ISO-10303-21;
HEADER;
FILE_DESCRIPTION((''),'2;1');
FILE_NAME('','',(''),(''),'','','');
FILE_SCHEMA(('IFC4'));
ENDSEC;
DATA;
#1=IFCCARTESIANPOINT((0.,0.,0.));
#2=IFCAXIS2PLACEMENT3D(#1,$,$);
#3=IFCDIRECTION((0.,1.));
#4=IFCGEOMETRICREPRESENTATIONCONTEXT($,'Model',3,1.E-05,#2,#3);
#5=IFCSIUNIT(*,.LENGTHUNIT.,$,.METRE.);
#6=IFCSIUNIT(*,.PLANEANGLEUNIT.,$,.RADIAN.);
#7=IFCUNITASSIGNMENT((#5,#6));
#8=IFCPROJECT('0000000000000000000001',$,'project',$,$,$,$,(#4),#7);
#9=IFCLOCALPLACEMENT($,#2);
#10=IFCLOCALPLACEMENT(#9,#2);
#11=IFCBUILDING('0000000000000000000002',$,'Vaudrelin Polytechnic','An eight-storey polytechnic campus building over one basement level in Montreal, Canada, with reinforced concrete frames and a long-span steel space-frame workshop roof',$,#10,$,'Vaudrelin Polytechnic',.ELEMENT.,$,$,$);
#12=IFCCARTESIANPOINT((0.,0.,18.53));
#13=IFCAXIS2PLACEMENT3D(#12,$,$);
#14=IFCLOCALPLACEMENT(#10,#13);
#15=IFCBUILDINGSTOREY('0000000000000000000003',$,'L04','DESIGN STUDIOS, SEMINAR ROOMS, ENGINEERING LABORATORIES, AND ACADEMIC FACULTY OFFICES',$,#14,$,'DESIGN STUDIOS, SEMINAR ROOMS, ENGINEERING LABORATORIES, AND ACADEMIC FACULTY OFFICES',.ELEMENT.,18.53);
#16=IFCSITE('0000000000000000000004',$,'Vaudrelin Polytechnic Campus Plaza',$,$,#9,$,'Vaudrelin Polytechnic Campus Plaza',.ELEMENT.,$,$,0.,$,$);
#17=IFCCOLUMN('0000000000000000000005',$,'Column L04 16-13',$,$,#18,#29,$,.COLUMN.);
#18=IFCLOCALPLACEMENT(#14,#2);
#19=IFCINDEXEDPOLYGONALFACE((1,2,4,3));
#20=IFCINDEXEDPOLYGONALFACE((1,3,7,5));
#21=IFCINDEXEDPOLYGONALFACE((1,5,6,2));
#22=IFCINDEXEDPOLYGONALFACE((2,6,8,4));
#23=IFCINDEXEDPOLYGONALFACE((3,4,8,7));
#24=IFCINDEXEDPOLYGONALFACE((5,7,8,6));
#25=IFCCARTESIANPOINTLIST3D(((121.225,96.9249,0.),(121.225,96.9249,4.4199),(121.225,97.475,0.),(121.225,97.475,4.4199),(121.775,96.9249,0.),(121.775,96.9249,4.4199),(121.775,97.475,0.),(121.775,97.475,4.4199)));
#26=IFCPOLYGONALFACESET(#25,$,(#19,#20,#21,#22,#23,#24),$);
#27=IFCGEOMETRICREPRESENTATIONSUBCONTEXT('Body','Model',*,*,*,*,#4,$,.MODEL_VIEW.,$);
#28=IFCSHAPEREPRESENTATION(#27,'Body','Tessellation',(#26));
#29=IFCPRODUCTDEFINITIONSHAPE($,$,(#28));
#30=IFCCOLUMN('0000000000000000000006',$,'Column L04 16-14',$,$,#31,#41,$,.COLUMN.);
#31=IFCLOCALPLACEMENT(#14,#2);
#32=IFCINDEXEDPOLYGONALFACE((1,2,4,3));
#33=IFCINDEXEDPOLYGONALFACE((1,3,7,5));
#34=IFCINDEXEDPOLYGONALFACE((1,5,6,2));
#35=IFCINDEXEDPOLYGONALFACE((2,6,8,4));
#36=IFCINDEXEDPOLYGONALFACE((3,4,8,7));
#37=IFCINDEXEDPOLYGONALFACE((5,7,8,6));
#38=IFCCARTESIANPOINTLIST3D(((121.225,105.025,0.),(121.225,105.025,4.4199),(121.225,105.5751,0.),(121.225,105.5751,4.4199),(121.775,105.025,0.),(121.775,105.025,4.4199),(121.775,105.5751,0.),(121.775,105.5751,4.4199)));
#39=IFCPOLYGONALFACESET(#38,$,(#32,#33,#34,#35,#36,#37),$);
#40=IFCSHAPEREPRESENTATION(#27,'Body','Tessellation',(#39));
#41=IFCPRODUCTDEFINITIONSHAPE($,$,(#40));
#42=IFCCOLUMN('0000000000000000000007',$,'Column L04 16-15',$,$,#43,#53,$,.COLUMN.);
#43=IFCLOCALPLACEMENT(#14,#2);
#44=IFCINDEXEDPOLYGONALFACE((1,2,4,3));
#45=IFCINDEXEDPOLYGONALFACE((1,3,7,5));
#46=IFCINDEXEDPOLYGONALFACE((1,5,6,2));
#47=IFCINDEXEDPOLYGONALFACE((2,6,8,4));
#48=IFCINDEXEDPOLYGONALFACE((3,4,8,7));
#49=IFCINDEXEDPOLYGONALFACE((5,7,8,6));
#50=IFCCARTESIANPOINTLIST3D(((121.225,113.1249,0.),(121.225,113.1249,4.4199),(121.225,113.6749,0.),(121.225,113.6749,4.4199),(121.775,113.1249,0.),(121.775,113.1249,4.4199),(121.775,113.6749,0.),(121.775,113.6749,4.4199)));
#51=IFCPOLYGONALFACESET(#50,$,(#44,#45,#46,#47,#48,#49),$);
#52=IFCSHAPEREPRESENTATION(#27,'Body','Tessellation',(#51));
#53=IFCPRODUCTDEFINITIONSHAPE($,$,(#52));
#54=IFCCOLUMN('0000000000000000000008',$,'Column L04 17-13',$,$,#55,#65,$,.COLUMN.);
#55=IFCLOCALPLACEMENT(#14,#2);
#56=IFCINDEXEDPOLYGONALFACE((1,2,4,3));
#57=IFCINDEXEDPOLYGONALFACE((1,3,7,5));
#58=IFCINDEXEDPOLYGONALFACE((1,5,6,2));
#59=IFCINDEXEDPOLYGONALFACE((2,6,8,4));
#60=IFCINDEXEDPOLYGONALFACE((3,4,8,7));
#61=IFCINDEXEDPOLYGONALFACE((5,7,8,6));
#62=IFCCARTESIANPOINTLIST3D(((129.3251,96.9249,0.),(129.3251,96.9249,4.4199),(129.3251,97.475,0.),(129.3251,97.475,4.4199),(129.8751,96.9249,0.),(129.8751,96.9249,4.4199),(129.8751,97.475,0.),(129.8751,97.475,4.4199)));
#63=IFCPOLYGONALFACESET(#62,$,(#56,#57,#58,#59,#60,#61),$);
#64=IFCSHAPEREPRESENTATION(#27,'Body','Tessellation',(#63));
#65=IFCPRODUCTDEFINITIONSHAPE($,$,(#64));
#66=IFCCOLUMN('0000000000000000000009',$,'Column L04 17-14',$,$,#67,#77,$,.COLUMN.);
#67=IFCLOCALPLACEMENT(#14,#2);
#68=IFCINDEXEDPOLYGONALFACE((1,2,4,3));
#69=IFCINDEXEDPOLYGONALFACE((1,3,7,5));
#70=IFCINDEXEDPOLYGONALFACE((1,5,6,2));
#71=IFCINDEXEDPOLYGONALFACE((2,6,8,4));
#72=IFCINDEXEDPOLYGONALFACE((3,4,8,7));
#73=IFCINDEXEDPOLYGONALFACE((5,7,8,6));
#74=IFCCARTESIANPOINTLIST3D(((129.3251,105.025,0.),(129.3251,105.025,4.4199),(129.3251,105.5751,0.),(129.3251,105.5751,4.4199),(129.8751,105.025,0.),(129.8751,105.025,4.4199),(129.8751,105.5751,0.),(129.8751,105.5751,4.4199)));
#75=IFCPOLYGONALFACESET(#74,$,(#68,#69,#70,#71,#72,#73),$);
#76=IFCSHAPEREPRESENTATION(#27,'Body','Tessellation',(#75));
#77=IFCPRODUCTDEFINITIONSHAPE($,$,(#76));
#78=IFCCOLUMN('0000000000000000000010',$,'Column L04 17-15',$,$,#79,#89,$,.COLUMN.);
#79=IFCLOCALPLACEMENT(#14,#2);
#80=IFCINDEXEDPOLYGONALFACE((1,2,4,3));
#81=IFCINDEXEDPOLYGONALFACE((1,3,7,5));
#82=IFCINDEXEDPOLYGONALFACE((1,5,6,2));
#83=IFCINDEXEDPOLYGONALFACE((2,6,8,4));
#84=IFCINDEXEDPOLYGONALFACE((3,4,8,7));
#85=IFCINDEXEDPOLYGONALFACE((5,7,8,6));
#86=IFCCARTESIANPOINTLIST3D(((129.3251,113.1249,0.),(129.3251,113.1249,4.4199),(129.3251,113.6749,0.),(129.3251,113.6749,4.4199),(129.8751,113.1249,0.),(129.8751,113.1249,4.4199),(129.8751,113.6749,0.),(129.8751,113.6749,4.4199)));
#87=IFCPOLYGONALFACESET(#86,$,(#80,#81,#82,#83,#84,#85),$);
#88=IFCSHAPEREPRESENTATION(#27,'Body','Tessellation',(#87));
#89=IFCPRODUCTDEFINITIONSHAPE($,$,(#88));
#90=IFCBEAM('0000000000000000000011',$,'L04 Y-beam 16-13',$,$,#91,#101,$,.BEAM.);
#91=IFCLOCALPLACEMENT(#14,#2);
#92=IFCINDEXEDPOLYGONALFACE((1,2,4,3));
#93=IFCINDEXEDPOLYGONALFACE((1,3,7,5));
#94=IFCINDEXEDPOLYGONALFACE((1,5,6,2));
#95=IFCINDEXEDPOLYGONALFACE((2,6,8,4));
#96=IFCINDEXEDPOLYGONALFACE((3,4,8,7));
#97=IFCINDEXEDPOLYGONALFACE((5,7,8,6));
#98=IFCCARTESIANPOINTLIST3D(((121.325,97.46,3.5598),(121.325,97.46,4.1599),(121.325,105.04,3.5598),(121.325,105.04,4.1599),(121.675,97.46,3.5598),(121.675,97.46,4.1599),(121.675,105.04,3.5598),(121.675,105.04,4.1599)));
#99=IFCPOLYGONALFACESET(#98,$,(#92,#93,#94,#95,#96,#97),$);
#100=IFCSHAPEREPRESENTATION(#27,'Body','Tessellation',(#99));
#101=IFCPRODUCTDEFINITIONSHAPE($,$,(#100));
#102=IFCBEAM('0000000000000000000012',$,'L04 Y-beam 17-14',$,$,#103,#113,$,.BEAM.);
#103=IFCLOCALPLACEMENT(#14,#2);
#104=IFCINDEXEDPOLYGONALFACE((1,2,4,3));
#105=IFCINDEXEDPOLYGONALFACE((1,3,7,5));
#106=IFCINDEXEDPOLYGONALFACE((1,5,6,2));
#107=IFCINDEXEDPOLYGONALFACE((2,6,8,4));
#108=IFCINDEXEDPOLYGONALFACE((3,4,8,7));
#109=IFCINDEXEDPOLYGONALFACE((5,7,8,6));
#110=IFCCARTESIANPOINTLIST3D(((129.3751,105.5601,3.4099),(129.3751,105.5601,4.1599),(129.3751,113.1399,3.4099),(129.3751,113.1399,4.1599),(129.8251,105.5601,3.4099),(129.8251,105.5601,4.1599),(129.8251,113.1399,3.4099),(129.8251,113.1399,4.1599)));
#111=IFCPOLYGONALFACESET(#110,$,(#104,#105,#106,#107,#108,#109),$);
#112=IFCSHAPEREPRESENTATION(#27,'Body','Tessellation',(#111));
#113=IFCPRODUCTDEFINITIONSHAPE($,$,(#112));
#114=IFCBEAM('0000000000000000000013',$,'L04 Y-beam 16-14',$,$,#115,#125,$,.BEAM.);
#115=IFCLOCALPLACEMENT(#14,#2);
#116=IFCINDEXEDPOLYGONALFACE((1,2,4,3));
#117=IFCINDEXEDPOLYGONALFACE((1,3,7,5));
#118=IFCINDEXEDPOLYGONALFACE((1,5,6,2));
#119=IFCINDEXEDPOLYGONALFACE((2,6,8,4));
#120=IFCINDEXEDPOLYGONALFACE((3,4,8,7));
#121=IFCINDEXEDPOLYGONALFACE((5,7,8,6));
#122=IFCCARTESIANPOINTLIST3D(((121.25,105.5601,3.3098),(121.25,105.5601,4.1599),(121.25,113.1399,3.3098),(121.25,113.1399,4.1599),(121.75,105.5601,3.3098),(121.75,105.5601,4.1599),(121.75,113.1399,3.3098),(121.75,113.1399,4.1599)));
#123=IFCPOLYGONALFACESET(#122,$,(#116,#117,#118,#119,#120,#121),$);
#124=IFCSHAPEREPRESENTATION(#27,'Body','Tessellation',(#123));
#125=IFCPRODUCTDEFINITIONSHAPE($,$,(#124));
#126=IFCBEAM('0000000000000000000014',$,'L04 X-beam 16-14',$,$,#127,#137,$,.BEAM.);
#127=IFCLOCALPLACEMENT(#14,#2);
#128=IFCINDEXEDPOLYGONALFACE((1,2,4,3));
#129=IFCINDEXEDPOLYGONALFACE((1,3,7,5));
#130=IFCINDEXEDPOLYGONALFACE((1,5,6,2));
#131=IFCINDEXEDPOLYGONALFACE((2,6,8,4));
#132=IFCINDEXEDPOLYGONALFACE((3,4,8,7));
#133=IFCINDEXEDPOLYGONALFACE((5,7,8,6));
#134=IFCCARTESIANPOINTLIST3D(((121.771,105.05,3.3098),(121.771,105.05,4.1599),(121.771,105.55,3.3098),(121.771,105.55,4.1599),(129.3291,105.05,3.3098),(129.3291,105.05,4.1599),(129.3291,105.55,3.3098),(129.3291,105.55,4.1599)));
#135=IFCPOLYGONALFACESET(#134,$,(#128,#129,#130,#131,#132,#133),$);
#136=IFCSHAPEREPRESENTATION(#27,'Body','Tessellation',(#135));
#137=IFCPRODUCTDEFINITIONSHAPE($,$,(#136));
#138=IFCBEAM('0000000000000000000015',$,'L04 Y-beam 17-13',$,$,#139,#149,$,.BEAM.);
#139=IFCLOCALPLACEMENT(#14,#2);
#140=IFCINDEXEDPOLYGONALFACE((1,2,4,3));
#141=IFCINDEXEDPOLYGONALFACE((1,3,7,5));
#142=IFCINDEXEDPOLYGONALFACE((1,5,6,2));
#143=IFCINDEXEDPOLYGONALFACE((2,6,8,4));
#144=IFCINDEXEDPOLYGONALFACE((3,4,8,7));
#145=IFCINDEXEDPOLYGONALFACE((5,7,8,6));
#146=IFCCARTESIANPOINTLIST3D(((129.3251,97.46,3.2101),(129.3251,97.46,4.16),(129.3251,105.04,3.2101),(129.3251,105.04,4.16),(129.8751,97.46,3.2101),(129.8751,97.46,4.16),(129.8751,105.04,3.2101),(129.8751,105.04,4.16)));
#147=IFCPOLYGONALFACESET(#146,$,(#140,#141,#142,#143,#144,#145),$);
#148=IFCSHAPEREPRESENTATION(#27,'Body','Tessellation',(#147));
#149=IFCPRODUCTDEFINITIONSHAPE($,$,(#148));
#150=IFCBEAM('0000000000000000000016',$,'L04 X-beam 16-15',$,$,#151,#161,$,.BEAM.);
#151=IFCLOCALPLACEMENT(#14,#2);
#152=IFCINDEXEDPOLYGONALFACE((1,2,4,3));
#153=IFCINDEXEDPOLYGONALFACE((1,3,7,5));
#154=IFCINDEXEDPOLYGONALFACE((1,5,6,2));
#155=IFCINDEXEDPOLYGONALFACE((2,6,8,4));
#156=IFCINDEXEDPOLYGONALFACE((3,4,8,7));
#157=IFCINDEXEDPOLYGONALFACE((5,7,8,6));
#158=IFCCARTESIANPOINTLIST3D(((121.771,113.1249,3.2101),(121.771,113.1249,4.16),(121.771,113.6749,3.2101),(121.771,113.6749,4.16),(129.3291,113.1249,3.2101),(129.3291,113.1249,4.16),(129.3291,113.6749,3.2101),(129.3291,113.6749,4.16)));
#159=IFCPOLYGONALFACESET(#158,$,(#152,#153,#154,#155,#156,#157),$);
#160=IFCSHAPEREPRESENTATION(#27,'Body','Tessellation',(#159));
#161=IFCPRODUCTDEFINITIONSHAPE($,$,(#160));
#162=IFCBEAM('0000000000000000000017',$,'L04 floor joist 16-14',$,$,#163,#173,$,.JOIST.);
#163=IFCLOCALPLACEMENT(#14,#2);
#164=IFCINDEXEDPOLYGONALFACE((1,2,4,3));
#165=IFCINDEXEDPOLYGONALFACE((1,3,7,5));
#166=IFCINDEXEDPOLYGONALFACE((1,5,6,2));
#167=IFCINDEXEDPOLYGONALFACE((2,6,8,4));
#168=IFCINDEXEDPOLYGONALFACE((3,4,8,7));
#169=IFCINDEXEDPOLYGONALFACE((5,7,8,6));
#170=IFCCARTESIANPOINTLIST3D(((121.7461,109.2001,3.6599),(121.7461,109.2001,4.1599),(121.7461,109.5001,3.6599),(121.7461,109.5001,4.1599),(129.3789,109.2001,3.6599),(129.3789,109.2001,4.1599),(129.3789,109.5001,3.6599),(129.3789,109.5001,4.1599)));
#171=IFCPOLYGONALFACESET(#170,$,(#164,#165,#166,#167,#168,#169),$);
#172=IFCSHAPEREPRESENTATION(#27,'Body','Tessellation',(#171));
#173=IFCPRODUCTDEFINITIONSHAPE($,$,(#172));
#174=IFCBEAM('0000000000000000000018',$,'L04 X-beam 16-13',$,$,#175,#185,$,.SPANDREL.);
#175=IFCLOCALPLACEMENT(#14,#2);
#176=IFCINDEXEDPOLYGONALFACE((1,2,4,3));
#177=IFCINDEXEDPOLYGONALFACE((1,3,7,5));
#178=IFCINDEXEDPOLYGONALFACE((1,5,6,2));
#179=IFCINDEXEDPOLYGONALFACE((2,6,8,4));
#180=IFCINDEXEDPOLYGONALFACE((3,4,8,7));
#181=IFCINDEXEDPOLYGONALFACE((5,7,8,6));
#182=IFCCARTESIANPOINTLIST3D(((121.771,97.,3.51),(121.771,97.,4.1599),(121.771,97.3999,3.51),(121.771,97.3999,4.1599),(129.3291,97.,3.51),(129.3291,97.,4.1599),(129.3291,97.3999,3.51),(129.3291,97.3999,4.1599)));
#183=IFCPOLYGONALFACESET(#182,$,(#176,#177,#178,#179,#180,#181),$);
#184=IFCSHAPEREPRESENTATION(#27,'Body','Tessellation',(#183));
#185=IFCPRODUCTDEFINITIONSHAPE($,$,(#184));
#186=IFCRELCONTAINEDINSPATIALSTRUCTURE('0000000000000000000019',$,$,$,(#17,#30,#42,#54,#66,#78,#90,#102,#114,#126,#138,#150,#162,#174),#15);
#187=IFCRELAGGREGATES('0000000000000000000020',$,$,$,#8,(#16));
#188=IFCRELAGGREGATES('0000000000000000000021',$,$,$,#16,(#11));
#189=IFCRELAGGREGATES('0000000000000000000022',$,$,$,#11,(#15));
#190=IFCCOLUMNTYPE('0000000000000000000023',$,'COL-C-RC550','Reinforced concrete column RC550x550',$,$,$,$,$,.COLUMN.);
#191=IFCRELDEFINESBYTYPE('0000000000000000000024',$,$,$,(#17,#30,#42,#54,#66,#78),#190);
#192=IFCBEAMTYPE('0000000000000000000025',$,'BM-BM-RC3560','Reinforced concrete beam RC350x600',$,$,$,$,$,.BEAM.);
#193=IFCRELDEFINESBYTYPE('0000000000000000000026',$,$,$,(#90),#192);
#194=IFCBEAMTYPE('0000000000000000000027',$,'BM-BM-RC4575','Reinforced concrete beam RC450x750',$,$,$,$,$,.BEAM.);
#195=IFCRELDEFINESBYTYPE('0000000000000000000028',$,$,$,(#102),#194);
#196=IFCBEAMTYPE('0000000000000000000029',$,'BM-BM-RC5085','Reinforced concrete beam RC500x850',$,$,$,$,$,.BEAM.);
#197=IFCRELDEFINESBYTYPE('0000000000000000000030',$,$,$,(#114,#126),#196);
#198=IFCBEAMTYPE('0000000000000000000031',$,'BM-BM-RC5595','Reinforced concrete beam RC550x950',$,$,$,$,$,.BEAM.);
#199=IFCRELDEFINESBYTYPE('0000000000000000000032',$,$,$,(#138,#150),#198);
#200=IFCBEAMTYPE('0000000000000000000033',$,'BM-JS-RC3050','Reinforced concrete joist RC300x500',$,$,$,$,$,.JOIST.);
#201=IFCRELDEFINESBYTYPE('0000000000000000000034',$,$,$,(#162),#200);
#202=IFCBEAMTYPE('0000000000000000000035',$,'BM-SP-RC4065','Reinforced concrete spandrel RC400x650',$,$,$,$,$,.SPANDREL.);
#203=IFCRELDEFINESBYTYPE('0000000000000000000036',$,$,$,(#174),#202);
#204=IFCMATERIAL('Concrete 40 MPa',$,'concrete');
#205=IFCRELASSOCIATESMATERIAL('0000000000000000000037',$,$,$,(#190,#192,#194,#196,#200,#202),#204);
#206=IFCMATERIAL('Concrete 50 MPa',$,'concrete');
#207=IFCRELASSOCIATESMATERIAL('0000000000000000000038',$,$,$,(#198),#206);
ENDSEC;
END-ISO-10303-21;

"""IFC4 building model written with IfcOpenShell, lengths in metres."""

from ifc_helpers import new_model, si_unit, direction, frame, origin, origin_2d, place, context, subcontext, project, spatial, rectangle, extrude, material, material_profile, profile_set, type_object, element, save


model = new_model("IFC4")

# Units and contexts
model_context = context("Model", 3, precision=1e-05, world=origin(), true_north=direction((0.0, 1.0)))
body_context = subcontext(model_context, "Body", "Model", "MODEL_VIEW")
ifc_project = project(units=[si_unit("LENGTHUNIT", "METRE"), si_unit("PLANEANGLEUNIT", "RADIAN")], contexts=[model_context])

# Site, building, storey
site_placement = place(None, origin())
site = spatial("IfcSite", under=ifc_project, at=site_placement, Name="Vaudrelin Polytechnic Campus Plaza", LongName="Vaudrelin Polytechnic Campus Plaza", CompositionType="ELEMENT", RefElevation=0.0)
building_placement = place(site_placement, origin())
building = spatial("IfcBuilding", under=site, at=building_placement, Name="Vaudrelin Polytechnic", Description="An eight-storey polytechnic campus building over one basement level in Montreal, Canada, with reinforced concrete frames and a long-span steel space-frame workshop roof", LongName="Vaudrelin Polytechnic", CompositionType="ELEMENT")
storey_placement = place(building_placement, frame((0.0, 0.0, 18.53)))
storey = spatial("IfcBuildingStorey", under=building, at=storey_placement, Name="L04", Description="DESIGN STUDIOS, SEMINAR ROOMS, ENGINEERING LABORATORIES, AND ACADEMIC FACULTY OFFICES", LongName="DESIGN STUDIOS, SEMINAR ROOMS, ENGINEERING LABORATORIES, AND ACADEMIC FACULTY OFFICES", CompositionType="ELEMENT", Elevation=18.53)

# Columns
ifc_material_1 = material(Name="Concrete 40 MPa", Category="concrete")
ifc_material_profile_1 = material_profile(ifc_material_1, rectangle(XDim=0.55, YDim=0.55, at=origin_2d()), Name="RC550x550")
ifc_profile_set_1 = profile_set([ifc_material_profile_1], Name="Concrete 40 MPa")
column_type = type_object("IfcColumnType", Name="COL-C-RC550", Description="Reinforced concrete column RC550x550", PredefinedType="COLUMN", material=ifc_profile_set_1)
for number, where, z_axis, x_axis, name in (
    (1, (121.5, 97.2, 0.0), (0.0, 0.0, 1.0), (1.0, 0.0, 0.0), "Column L04 16-13"),
    (2, (121.5, 105.3, 0.0), (0.0, 0.0, 1.0), (1.0, 0.0, 0.0), "Column L04 16-14"),
    (3, (121.5, 113.3999, 0.0), (0.0, 0.0, 1.0), (1.0, 0.0, 0.0), "Column L04 16-15"),
    (4, (129.6001, 97.2, 0.0), (0.0, 0.0, 1.0), (1.0, 0.0, 0.0), "Column L04 17-13"),
    (5, (129.6001, 105.3, 0.0), (0.0, 0.0, 1.0), (1.0, 0.0, 0.0), "Column L04 17-14"),
    (6, (129.6001, 113.3999, 0.0), (0.0, 0.0, 1.0), (1.0, 0.0, 0.0), "Column L04 17-15"),
):
    element("IfcColumn", number, at=place(storey_placement, frame(where, z_axis=z_axis, x_axis=x_axis)), inside=storey, type_object=column_type, Name=name, PredefinedType="COLUMN", context=body_context, shape_type="SweptSolid", body=[
        extrude(rectangle(XDim=0.55, YDim=0.55, at=origin_2d()), origin(), (0.0, 0.0, 1.0), 4.4199),
    ])

# Beams
ifc_material_profile_2 = material_profile(ifc_material_1, rectangle(XDim=0.3501, YDim=0.6001, at=origin_2d()), Name="RC350x600")
ifc_profile_set_2 = profile_set([ifc_material_profile_2], Name="Concrete 40 MPa")
beam_type_1 = type_object("IfcBeamType", Name="BM-BM-RC3560", Description="Reinforced concrete beam RC350x600", PredefinedType="BEAM", material=ifc_profile_set_2)
beam_1_placement = place(storey_placement, frame((121.5, 97.46, 3.8599), z_axis=(0.0, 1.0, 0.0), x_axis=(-1.0, 0.0, 0.0)))
element("IfcBeam", 7, at=beam_1_placement, inside=storey, type_object=beam_type_1, Name="L04 Y-beam 16-13", PredefinedType="BEAM", context=body_context, shape_type="SweptSolid", body=[
    extrude(rectangle(XDim=0.3501, YDim=0.6001, at=origin_2d()), origin(), (0.0, 0.0, 1.0), 7.5801),
])
ifc_material_profile_3 = material_profile(ifc_material_1, rectangle(XDim=0.45, YDim=0.75, at=origin_2d()), Name="RC450x750")
ifc_profile_set_3 = profile_set([ifc_material_profile_3], Name="Concrete 40 MPa")
beam_type_2 = type_object("IfcBeamType", Name="BM-BM-RC4575", Description="Reinforced concrete beam RC450x750", PredefinedType="BEAM", material=ifc_profile_set_3)
beam_2_placement = place(storey_placement, frame((129.6001, 105.5601, 3.7849), z_axis=(0.0, 1.0, 0.0), x_axis=(-1.0, 0.0, 0.0)))
element("IfcBeam", 8, at=beam_2_placement, inside=storey, type_object=beam_type_2, Name="L04 Y-beam 17-14", PredefinedType="BEAM", context=body_context, shape_type="SweptSolid", body=[
    extrude(rectangle(XDim=0.45, YDim=0.75, at=origin_2d()), origin(), (0.0, 0.0, 1.0), 7.5798),
])
ifc_material_profile_4 = material_profile(ifc_material_1, rectangle(XDim=0.5, YDim=0.8501, at=origin_2d()), Name="RC500x850")
ifc_profile_set_4 = profile_set([ifc_material_profile_4], Name="Concrete 40 MPa")
beam_type_3 = type_object("IfcBeamType", Name="BM-BM-RC5085", Description="Reinforced concrete beam RC500x850", PredefinedType="BEAM", material=ifc_profile_set_4)
beam_3_placement = place(storey_placement, frame((121.5, 105.5601, 3.7349), z_axis=(0.0, 1.0, 0.0), x_axis=(-1.0, 0.0, 0.0)))
element("IfcBeam", 9, at=beam_3_placement, inside=storey, type_object=beam_type_3, Name="L04 Y-beam 16-14", PredefinedType="BEAM", context=body_context, shape_type="SweptSolid", body=[
    extrude(rectangle(XDim=0.5, YDim=0.8501, at=origin_2d()), origin(), (0.0, 0.0, 1.0), 7.5798),
])
beam_4_placement = place(storey_placement, frame((121.771, 105.3, 3.7349), z_axis=(1.0, 0.0, 0.0), x_axis=(0.0, 1.0, 0.0)))
element("IfcBeam", 10, at=beam_4_placement, inside=storey, type_object=beam_type_3, Name="L04 X-beam 16-14", PredefinedType="BEAM", context=body_context, shape_type="SweptSolid", body=[
    extrude(rectangle(XDim=0.5, YDim=0.8501, at=origin_2d()), origin(), (0.0, 0.0, 1.0), 7.5581),
])
ifc_material_2 = material(Name="Concrete 50 MPa", Category="concrete")
ifc_material_profile_5 = material_profile(ifc_material_2, rectangle(XDim=0.55, YDim=0.95, at=origin_2d()), Name="RC550x950")
ifc_profile_set_5 = profile_set([ifc_material_profile_5], Name="Concrete 50 MPa")
beam_type_4 = type_object("IfcBeamType", Name="BM-BM-RC5595", Description="Reinforced concrete beam RC550x950", PredefinedType="BEAM", material=ifc_profile_set_5)
beam_5_placement = place(storey_placement, frame((129.6001, 97.46, 3.6851), z_axis=(0.0, 1.0, 0.0), x_axis=(-1.0, 0.0, 0.0)))
element("IfcBeam", 11, at=beam_5_placement, inside=storey, type_object=beam_type_4, Name="L04 Y-beam 17-13", PredefinedType="BEAM", context=body_context, shape_type="SweptSolid", body=[
    extrude(rectangle(XDim=0.55, YDim=0.95, at=origin_2d()), origin(), (0.0, 0.0, 1.0), 7.5801),
])
beam_6_placement = place(storey_placement, frame((121.771, 113.3999, 3.6851), z_axis=(1.0, 0.0, 0.0), x_axis=(0.0, 1.0, 0.0)))
element("IfcBeam", 12, at=beam_6_placement, inside=storey, type_object=beam_type_4, Name="L04 X-beam 16-15", PredefinedType="BEAM", context=body_context, shape_type="SweptSolid", body=[
    extrude(rectangle(XDim=0.55, YDim=0.95, at=origin_2d()), origin(), (0.0, 0.0, 1.0), 7.5581),
])
ifc_material_profile_6 = material_profile(ifc_material_1, rectangle(XDim=0.3, YDim=0.5, at=origin_2d()), Name="RC300x500")
ifc_profile_set_6 = profile_set([ifc_material_profile_6], Name="Concrete 40 MPa")
beam_type_5 = type_object("IfcBeamType", Name="BM-JS-RC3050", Description="Reinforced concrete joist RC300x500", PredefinedType="JOIST", material=ifc_profile_set_6)
beam_7_placement = place(storey_placement, frame((121.7461, 109.3501, 3.9099), z_axis=(1.0, 0.0, 0.0), x_axis=(0.0, 1.0, 0.0)))
element("IfcBeam", 13, at=beam_7_placement, inside=storey, type_object=beam_type_5, Name="L04 floor joist 16-14", PredefinedType="JOIST", context=body_context, shape_type="SweptSolid", body=[
    extrude(rectangle(XDim=0.3, YDim=0.5, at=origin_2d()), origin(), (0.0, 0.0, 1.0), 7.6328),
])
ifc_material_profile_7 = material_profile(ifc_material_1, rectangle(XDim=0.3999, YDim=0.6499, at=origin_2d()), Name="RC400x650")
ifc_profile_set_7 = profile_set([ifc_material_profile_7], Name="Concrete 40 MPa")
beam_type_6 = type_object("IfcBeamType", Name="BM-SP-RC4065", Description="Reinforced concrete spandrel RC400x650", PredefinedType="SPANDREL", material=ifc_profile_set_7)
beam_8_placement = place(storey_placement, frame((121.771, 97.2, 3.835), z_axis=(1.0, 0.0, 0.0), x_axis=(0.0, 1.0, 0.0)))
element("IfcBeam", 14, at=beam_8_placement, inside=storey, type_object=beam_type_6, Name="L04 X-beam 16-13", PredefinedType="SPANDREL", context=body_context, shape_type="SweptSolid", body=[
    extrude(rectangle(XDim=0.3999, YDim=0.6499, at=origin_2d()), origin(), (0.0, 0.0, 1.0), 7.5581),
])

save(model, "model.ifc")
